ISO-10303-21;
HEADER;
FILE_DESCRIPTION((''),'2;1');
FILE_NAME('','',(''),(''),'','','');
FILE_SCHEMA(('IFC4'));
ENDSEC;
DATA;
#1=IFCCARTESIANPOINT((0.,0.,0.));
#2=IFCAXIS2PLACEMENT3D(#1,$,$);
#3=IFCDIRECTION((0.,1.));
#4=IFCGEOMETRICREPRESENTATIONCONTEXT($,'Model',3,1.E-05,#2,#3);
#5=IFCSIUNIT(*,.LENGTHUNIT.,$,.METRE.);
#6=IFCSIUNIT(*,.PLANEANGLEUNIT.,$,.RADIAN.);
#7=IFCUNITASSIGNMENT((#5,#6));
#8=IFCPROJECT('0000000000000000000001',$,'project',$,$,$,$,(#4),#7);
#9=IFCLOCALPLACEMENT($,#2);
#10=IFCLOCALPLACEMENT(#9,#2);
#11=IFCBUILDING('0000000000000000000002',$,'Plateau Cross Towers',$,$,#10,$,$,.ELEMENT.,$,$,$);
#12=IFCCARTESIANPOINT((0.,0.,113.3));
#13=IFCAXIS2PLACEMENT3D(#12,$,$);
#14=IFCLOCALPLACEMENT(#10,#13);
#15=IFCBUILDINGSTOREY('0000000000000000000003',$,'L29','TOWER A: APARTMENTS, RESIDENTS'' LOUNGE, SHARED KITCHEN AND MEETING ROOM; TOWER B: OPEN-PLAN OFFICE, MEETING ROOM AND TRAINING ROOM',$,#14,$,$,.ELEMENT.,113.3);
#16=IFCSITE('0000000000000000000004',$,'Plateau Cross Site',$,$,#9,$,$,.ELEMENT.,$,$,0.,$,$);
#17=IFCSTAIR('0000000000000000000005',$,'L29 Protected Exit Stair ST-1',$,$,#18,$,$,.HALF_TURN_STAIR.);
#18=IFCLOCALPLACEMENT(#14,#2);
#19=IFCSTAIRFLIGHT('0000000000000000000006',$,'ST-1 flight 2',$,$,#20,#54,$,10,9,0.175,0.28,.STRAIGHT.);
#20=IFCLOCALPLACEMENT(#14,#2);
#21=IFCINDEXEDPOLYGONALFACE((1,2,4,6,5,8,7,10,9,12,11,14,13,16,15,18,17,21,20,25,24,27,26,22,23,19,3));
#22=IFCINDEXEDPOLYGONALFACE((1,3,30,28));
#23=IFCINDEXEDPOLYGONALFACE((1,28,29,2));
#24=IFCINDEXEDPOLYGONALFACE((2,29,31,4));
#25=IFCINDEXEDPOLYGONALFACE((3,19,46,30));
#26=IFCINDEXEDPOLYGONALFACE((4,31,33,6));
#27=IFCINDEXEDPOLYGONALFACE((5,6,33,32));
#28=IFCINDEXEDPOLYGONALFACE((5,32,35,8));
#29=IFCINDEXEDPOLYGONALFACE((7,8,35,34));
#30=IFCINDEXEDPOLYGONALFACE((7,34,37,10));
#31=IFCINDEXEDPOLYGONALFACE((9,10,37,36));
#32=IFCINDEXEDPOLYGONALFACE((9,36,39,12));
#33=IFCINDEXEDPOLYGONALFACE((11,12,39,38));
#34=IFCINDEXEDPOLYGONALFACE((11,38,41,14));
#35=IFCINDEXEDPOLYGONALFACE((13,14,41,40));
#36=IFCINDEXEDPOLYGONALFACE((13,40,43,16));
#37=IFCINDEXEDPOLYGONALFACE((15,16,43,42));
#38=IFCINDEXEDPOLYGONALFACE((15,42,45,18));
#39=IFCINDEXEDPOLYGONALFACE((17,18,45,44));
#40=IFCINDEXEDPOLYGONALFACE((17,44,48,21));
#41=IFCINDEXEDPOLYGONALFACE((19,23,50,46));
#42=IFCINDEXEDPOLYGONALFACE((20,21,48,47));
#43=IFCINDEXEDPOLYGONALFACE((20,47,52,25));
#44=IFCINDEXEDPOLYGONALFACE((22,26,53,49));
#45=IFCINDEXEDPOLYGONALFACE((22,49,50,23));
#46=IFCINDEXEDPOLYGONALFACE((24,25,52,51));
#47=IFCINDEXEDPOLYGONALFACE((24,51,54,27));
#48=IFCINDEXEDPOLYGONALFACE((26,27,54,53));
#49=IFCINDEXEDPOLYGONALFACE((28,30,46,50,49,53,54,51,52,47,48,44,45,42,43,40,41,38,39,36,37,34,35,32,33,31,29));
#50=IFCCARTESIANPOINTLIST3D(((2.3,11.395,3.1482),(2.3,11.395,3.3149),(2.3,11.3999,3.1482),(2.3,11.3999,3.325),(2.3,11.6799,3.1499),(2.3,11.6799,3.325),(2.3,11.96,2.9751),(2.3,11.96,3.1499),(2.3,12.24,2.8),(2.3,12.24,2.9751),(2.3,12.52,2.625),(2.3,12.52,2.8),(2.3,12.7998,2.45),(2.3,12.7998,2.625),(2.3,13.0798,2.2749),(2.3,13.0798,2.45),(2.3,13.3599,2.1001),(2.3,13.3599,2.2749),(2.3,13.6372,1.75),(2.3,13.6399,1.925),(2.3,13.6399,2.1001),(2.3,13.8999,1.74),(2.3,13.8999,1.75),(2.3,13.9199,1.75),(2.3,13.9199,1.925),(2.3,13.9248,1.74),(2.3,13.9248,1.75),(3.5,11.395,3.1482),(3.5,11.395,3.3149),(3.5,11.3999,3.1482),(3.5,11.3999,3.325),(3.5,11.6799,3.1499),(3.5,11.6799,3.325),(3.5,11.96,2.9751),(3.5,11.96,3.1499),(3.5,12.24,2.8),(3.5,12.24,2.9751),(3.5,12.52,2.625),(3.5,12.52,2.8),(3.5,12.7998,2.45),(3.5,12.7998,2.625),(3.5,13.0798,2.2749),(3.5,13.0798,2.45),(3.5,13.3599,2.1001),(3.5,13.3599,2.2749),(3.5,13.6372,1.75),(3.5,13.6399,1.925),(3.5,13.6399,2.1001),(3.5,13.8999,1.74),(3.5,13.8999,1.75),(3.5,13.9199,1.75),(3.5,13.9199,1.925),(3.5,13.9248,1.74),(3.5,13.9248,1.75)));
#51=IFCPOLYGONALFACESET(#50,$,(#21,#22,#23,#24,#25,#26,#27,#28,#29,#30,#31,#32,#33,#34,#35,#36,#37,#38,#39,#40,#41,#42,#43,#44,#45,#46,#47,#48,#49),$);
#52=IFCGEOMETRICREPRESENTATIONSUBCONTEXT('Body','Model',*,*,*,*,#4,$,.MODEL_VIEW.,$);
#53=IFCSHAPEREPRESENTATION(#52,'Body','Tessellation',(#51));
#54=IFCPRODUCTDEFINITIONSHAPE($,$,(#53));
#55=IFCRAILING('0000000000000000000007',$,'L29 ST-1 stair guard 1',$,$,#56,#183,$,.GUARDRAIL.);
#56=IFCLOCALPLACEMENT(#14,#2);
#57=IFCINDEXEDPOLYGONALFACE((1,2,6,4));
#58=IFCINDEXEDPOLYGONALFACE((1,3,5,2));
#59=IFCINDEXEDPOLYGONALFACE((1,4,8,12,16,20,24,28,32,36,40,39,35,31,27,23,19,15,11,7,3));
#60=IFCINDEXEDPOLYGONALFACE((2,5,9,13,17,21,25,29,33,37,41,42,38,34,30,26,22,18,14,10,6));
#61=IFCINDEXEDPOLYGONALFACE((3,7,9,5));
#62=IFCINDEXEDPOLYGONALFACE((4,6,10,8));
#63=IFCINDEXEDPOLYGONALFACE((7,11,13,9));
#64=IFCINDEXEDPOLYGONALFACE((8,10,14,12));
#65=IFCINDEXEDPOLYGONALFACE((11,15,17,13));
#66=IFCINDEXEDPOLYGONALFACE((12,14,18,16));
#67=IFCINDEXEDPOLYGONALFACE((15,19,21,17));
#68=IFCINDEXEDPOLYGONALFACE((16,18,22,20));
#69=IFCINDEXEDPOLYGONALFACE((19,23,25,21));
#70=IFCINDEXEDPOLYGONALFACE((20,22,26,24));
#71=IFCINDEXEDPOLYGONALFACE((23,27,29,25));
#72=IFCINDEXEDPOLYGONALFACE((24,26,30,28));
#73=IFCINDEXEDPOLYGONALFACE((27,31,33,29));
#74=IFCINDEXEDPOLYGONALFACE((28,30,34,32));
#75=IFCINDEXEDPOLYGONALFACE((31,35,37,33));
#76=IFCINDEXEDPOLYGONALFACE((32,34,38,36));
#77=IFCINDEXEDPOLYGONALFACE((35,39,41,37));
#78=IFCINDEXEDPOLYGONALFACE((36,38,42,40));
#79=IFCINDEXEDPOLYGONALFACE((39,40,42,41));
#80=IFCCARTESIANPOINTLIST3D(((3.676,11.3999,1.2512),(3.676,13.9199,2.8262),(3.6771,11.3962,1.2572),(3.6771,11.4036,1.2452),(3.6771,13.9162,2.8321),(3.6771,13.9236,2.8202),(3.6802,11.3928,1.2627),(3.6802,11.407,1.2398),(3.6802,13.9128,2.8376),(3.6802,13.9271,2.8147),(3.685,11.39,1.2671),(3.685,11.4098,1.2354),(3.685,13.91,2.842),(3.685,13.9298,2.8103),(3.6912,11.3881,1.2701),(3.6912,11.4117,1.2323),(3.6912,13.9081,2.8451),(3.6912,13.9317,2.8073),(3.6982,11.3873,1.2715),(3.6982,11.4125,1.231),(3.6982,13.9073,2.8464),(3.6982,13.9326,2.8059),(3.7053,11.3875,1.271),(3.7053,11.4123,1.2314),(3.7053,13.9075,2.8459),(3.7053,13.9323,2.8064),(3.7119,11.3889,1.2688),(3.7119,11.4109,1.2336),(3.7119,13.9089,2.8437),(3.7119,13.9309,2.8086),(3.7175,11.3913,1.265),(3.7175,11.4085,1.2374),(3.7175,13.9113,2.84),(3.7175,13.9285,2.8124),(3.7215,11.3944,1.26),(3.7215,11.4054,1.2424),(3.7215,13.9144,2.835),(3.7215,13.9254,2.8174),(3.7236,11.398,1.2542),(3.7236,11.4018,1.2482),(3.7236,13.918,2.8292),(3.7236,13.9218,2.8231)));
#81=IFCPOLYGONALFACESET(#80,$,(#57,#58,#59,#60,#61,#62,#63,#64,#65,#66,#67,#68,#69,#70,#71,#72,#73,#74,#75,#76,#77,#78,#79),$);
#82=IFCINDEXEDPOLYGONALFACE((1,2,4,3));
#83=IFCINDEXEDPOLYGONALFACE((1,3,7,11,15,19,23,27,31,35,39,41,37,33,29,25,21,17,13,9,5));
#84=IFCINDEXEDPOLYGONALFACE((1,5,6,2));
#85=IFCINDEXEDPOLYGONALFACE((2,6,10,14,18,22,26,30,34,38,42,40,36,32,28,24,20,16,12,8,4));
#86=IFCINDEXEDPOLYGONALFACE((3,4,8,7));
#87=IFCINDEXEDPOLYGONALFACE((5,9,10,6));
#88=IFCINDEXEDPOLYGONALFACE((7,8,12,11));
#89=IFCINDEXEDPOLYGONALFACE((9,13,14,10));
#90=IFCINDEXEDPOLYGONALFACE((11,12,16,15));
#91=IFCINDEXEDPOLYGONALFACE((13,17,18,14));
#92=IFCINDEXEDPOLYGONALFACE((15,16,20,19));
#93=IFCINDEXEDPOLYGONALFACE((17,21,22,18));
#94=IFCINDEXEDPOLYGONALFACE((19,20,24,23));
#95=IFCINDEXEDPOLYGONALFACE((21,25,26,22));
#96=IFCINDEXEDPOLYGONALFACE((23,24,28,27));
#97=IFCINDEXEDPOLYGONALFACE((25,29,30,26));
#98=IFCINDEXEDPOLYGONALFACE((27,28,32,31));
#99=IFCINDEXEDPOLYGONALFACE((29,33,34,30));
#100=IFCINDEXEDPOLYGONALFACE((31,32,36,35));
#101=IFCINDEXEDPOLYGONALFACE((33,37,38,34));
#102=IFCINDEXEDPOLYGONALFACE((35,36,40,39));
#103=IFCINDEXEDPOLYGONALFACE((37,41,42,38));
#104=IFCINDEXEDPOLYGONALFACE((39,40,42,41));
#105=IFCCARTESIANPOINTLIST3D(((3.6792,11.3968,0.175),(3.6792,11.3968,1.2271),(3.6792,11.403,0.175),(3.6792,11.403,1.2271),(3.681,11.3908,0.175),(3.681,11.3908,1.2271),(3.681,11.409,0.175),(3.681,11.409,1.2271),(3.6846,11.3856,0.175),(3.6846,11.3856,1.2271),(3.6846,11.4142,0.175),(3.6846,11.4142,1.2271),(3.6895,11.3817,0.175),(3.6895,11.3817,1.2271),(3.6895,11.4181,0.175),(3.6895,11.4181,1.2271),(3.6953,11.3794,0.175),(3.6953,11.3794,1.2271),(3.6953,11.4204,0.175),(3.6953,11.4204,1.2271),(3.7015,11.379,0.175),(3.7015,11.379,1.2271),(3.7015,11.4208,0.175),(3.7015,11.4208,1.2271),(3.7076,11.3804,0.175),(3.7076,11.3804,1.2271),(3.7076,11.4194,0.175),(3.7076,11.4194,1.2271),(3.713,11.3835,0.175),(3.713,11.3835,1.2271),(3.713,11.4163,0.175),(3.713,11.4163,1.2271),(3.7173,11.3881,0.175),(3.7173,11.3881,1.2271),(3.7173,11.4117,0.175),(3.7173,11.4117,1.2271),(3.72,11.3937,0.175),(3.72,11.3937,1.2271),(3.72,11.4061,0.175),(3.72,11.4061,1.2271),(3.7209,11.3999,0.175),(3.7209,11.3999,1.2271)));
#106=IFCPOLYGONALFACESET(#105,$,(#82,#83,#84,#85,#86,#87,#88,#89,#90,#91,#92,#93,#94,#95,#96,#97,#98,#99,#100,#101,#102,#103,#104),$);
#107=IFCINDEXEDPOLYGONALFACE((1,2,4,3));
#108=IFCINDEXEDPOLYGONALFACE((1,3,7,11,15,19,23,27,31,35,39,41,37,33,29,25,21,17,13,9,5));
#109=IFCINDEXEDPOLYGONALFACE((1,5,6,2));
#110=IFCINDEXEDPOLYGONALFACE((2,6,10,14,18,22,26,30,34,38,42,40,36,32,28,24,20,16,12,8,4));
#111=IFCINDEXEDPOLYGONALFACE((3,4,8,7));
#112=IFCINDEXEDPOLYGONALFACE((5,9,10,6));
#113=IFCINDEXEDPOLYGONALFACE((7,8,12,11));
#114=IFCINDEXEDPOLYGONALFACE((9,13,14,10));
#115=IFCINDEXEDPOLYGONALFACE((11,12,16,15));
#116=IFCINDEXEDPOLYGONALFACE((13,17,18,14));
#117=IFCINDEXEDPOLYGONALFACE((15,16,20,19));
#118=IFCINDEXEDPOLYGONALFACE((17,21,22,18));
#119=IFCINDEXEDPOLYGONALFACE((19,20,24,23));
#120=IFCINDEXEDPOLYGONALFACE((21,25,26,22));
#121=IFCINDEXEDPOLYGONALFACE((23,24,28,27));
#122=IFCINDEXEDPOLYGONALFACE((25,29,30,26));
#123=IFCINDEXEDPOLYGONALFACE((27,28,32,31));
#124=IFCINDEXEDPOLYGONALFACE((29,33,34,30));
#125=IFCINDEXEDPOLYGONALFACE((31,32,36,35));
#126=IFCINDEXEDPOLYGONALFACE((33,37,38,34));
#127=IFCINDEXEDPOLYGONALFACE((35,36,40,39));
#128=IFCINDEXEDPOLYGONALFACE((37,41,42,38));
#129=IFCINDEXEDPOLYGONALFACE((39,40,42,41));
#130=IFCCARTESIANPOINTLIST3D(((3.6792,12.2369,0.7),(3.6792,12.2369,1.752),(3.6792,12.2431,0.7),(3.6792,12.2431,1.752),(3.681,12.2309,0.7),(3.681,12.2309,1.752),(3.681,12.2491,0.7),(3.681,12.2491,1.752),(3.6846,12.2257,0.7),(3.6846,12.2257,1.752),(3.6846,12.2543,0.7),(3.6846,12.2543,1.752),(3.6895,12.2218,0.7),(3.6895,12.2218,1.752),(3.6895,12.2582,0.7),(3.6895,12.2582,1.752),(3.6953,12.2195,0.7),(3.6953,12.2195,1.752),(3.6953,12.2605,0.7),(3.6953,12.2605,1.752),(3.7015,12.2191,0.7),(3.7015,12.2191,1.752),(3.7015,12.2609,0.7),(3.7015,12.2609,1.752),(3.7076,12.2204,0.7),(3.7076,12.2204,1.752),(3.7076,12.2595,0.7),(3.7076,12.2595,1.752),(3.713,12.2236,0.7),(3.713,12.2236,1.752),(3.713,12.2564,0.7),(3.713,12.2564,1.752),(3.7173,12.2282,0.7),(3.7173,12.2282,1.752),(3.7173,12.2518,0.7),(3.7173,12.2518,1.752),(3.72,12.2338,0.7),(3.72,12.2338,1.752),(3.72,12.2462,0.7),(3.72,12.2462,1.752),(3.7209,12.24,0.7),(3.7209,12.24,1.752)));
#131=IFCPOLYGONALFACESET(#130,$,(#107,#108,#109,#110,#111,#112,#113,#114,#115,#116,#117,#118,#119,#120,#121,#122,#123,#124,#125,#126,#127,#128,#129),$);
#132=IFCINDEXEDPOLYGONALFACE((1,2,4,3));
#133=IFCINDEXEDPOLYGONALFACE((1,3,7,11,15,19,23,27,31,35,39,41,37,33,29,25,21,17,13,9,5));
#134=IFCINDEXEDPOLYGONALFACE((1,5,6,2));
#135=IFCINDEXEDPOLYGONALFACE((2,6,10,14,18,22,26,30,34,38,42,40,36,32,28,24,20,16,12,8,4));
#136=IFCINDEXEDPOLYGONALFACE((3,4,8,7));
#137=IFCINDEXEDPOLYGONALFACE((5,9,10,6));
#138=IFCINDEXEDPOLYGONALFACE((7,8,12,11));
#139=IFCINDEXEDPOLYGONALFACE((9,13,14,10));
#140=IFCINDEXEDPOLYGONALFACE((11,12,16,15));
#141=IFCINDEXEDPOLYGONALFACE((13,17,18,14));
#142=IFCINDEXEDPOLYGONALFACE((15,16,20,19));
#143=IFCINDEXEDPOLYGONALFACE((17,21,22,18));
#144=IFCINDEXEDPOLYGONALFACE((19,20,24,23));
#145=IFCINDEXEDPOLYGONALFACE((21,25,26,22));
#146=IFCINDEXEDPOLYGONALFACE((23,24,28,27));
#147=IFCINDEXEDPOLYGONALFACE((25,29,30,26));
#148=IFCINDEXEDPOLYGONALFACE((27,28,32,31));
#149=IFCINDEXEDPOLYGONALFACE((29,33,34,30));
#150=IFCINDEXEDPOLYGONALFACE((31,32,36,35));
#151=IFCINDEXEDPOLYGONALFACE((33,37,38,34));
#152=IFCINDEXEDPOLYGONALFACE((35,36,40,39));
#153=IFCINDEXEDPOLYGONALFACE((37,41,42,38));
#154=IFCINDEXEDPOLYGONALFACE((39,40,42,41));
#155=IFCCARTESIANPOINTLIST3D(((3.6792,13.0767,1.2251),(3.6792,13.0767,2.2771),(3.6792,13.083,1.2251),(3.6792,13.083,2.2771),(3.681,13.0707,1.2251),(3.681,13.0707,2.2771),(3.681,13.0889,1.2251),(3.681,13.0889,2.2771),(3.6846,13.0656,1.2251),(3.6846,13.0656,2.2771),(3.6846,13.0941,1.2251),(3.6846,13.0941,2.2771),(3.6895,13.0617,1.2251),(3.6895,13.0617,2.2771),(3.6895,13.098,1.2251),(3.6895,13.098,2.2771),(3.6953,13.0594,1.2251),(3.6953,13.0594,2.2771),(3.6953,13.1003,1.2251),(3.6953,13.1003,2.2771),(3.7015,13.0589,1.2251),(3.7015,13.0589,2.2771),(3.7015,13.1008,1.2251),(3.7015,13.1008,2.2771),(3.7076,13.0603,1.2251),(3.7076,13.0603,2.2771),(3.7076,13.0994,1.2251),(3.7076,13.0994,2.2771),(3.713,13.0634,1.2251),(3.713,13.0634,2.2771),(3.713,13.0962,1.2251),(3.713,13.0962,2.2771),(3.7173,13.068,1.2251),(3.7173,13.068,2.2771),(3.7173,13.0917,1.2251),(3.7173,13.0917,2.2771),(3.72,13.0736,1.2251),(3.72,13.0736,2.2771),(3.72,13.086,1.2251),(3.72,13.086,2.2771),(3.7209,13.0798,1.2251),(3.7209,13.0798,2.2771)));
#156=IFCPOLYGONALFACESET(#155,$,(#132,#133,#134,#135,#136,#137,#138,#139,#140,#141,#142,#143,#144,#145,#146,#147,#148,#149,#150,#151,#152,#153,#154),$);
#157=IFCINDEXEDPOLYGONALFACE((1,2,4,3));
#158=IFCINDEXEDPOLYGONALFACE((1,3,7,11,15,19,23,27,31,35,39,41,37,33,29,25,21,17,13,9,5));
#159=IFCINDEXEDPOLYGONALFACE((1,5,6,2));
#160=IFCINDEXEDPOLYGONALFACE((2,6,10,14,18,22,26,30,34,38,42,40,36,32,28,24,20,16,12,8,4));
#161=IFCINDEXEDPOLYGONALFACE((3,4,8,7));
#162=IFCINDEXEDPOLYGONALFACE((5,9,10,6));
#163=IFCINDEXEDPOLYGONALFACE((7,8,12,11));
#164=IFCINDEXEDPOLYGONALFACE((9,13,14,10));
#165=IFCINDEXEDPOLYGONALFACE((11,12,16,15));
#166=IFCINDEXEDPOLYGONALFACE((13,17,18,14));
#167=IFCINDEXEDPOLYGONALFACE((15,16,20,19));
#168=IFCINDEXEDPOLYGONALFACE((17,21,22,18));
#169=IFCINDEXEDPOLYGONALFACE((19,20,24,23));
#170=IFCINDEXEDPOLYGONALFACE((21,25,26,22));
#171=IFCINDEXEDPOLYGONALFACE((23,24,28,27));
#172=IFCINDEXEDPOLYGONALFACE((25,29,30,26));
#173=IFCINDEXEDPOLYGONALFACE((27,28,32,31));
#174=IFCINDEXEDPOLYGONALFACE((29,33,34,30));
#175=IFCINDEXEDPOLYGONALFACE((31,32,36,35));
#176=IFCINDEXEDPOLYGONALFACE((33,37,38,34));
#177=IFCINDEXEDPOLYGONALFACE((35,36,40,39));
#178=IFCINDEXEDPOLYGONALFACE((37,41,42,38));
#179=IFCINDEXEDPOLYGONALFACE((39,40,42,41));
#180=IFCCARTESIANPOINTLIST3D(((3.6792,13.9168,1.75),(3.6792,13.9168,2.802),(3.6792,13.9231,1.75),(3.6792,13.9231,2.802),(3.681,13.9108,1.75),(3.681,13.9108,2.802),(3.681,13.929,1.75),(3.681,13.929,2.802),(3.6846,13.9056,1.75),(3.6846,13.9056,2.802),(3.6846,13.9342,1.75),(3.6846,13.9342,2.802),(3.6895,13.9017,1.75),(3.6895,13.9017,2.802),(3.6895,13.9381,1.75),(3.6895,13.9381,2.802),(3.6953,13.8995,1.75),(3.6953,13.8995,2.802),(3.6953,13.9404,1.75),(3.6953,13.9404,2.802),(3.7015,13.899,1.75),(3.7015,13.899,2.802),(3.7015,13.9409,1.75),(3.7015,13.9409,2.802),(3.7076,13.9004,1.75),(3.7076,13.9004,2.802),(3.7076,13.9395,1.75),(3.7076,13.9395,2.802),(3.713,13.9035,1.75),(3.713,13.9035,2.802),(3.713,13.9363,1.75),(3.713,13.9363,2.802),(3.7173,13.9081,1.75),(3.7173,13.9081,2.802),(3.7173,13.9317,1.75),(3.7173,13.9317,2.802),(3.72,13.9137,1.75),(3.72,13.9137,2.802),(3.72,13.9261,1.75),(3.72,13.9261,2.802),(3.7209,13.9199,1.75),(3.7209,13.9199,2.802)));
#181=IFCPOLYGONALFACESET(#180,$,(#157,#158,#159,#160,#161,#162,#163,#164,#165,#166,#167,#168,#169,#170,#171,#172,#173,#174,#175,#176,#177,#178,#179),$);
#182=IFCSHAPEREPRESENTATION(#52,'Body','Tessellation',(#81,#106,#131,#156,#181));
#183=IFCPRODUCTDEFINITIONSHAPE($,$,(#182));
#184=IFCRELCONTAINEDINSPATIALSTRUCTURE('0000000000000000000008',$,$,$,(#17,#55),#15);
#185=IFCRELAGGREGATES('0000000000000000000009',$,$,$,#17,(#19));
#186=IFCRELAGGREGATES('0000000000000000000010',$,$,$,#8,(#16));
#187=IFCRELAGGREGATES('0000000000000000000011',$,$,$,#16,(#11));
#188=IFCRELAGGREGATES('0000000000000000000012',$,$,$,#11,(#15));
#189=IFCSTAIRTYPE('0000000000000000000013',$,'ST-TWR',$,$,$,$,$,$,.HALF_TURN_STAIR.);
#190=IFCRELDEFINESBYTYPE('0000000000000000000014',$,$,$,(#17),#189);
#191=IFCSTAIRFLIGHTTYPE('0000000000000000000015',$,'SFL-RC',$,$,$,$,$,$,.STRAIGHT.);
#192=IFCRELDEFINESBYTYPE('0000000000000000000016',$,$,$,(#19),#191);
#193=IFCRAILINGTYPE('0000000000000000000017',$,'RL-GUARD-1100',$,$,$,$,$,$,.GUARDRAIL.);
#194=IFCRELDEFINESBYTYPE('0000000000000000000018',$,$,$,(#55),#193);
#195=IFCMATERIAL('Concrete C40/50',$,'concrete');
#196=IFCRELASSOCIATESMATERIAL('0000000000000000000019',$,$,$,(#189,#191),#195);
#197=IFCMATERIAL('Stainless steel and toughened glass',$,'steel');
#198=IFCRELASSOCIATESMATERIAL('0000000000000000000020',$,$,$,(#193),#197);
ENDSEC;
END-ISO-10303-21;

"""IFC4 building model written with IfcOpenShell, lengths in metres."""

from ifc_helpers import new_model, si_unit, direction, frame, origin, origin_2d, place, context, subcontext, project, spatial, polyline, circle, outline, extrude, material, type_object, element, aggregate, save


model = new_model("IFC4")

# Units and contexts
model_context = context("Model", 3, precision=1e-05, world=origin(), true_north=direction((0.0, 1.0)))
body_context = subcontext(model_context, "Body", "Model", "MODEL_VIEW")
ifc_project = project(units=[si_unit("LENGTHUNIT", "METRE"), si_unit("PLANEANGLEUNIT", "RADIAN")], contexts=[model_context])

# Site, building, storey
site_placement = place(None, origin())
site = spatial("IfcSite", under=ifc_project, at=site_placement, Name="Plateau Cross Site", CompositionType="ELEMENT", RefElevation=0.0)
building_placement = place(site_placement, origin())
building = spatial("IfcBuilding", under=site, at=building_placement, Name="Plateau Cross Towers", CompositionType="ELEMENT")
storey_placement = place(building_placement, frame((0.0, 0.0, 113.3)))
storey = spatial("IfcBuildingStorey", under=building, at=storey_placement, Name="L29", Description="TOWER A: APARTMENTS, RESIDENTS' LOUNGE, SHARED KITCHEN AND MEETING ROOM; TOWER B: OPEN-PLAN OFFICE, MEETING ROOM AND TRAINING ROOM", CompositionType="ELEMENT", Elevation=113.3)

# Stair, stair flight
ifc_material_1 = material(Name="Concrete C40/50", Category="concrete")
stair_type = type_object("IfcStairType", Name="ST-TWR", PredefinedType="HALF_TURN_STAIR", material=ifc_material_1)
stair_placement = place(storey_placement, origin())
stair = element("IfcStair", 1, at=stair_placement, inside=storey, type_object=stair_type, Name="L29 Protected Exit Stair ST-1", PredefinedType="HALF_TURN_STAIR")
stair_flight_type = type_object("IfcStairFlightType", Name="SFL-RC", PredefinedType="STRAIGHT", material=ifc_material_1)
stair_flight_1_placement = place(storey_placement, frame((2.8999, 13.9199, 1.75), z_axis=(0.0, 0.0, 1.0), x_axis=(0.0, -1.0, 0.0)))
stair_flight_1 = element("IfcStairFlight", 2, at=stair_flight_1_placement, type_object=stair_flight_type, Name="ST-1 flight 2", NumberOfRisers=10, NumberOfTreads=9, PredefinedType="STRAIGHT", RiserHeight=0.175, TreadLength=0.28, context=body_context, shape_type="SweptSolid", body=[
    extrude(outline(polyline([(-0.0049, -0.01), (-0.0049, 0.0), (0.0, 0.0), (0.0, 0.175), (0.28, 0.175), (0.28, 0.3501), (0.5601, 0.3501), (0.5601, 0.5249), (0.8401, 0.5249), (0.8401, 0.7), (1.1201, 0.7), (1.1201, 0.875), (1.3999, 0.875), (1.3999, 1.05), (1.6799, 1.05), (1.6799, 1.2251), (1.96, 1.2251), (1.96, 1.3999), (2.24, 1.3999), (2.24, 1.575), (2.52, 1.575), (2.5249, 1.5649), (2.5249, 1.3982), (2.52, 1.3982), (0.2827, 0.0), (0.02, 0.0), (0.02, -0.01), (-0.0049, -0.01)])), frame((0.0, 0.6001, 0.0), z_axis=(0.0, -1.0, 0.0), x_axis=(1.0, 0.0, 0.0)), (0.0, 0.0, 1.0), 1.2),
])
aggregate(stair, [stair_flight_1])

# Railing
ifc_material_2 = material(Name="Stainless steel and toughened glass", Category="steel")
railing_type_1 = type_object("IfcRailingType", Name="RL-GUARD-1100", PredefinedType="GUARDRAIL", material=ifc_material_2)
railing_1_placement = place(storey_placement, frame((3.7, 11.3999, 0.175)))
element("IfcRailing", 3, at=railing_1_placement, inside=storey, type_object=railing_type_1, Name="L29 ST-1 stair guard 1", PredefinedType="GUARDRAIL", context=body_context, shape_type="SweptSolid", body=[
    extrude(circle(Radius=0.0239, at=origin_2d()), frame((0.0, 0.0, 1.0762), z_axis=(0.0, 0.848008, 0.529984), x_axis=(-1.0, 0.0, 0.0)), (0.0, 0.0, 1.0), 2.9717),
    extrude(circle(Radius=0.021, at=origin_2d()), origin(), (0.0, 0.0, 1.0), 1.052),
    extrude(circle(Radius=0.021, at=origin_2d()), frame((0.0, 0.8401, 0.5249)), (0.0, 0.0, 1.0), 1.052),
    extrude(circle(Radius=0.021, at=origin_2d()), frame((0.0, 1.6799, 1.05)), (0.0, 0.0, 1.0), 1.052),
    extrude(circle(Radius=0.021, at=origin_2d()), frame((0.0, 2.52, 1.575)), (0.0, 0.0, 1.0), 1.052),
])

save(model, "model.ifc")
